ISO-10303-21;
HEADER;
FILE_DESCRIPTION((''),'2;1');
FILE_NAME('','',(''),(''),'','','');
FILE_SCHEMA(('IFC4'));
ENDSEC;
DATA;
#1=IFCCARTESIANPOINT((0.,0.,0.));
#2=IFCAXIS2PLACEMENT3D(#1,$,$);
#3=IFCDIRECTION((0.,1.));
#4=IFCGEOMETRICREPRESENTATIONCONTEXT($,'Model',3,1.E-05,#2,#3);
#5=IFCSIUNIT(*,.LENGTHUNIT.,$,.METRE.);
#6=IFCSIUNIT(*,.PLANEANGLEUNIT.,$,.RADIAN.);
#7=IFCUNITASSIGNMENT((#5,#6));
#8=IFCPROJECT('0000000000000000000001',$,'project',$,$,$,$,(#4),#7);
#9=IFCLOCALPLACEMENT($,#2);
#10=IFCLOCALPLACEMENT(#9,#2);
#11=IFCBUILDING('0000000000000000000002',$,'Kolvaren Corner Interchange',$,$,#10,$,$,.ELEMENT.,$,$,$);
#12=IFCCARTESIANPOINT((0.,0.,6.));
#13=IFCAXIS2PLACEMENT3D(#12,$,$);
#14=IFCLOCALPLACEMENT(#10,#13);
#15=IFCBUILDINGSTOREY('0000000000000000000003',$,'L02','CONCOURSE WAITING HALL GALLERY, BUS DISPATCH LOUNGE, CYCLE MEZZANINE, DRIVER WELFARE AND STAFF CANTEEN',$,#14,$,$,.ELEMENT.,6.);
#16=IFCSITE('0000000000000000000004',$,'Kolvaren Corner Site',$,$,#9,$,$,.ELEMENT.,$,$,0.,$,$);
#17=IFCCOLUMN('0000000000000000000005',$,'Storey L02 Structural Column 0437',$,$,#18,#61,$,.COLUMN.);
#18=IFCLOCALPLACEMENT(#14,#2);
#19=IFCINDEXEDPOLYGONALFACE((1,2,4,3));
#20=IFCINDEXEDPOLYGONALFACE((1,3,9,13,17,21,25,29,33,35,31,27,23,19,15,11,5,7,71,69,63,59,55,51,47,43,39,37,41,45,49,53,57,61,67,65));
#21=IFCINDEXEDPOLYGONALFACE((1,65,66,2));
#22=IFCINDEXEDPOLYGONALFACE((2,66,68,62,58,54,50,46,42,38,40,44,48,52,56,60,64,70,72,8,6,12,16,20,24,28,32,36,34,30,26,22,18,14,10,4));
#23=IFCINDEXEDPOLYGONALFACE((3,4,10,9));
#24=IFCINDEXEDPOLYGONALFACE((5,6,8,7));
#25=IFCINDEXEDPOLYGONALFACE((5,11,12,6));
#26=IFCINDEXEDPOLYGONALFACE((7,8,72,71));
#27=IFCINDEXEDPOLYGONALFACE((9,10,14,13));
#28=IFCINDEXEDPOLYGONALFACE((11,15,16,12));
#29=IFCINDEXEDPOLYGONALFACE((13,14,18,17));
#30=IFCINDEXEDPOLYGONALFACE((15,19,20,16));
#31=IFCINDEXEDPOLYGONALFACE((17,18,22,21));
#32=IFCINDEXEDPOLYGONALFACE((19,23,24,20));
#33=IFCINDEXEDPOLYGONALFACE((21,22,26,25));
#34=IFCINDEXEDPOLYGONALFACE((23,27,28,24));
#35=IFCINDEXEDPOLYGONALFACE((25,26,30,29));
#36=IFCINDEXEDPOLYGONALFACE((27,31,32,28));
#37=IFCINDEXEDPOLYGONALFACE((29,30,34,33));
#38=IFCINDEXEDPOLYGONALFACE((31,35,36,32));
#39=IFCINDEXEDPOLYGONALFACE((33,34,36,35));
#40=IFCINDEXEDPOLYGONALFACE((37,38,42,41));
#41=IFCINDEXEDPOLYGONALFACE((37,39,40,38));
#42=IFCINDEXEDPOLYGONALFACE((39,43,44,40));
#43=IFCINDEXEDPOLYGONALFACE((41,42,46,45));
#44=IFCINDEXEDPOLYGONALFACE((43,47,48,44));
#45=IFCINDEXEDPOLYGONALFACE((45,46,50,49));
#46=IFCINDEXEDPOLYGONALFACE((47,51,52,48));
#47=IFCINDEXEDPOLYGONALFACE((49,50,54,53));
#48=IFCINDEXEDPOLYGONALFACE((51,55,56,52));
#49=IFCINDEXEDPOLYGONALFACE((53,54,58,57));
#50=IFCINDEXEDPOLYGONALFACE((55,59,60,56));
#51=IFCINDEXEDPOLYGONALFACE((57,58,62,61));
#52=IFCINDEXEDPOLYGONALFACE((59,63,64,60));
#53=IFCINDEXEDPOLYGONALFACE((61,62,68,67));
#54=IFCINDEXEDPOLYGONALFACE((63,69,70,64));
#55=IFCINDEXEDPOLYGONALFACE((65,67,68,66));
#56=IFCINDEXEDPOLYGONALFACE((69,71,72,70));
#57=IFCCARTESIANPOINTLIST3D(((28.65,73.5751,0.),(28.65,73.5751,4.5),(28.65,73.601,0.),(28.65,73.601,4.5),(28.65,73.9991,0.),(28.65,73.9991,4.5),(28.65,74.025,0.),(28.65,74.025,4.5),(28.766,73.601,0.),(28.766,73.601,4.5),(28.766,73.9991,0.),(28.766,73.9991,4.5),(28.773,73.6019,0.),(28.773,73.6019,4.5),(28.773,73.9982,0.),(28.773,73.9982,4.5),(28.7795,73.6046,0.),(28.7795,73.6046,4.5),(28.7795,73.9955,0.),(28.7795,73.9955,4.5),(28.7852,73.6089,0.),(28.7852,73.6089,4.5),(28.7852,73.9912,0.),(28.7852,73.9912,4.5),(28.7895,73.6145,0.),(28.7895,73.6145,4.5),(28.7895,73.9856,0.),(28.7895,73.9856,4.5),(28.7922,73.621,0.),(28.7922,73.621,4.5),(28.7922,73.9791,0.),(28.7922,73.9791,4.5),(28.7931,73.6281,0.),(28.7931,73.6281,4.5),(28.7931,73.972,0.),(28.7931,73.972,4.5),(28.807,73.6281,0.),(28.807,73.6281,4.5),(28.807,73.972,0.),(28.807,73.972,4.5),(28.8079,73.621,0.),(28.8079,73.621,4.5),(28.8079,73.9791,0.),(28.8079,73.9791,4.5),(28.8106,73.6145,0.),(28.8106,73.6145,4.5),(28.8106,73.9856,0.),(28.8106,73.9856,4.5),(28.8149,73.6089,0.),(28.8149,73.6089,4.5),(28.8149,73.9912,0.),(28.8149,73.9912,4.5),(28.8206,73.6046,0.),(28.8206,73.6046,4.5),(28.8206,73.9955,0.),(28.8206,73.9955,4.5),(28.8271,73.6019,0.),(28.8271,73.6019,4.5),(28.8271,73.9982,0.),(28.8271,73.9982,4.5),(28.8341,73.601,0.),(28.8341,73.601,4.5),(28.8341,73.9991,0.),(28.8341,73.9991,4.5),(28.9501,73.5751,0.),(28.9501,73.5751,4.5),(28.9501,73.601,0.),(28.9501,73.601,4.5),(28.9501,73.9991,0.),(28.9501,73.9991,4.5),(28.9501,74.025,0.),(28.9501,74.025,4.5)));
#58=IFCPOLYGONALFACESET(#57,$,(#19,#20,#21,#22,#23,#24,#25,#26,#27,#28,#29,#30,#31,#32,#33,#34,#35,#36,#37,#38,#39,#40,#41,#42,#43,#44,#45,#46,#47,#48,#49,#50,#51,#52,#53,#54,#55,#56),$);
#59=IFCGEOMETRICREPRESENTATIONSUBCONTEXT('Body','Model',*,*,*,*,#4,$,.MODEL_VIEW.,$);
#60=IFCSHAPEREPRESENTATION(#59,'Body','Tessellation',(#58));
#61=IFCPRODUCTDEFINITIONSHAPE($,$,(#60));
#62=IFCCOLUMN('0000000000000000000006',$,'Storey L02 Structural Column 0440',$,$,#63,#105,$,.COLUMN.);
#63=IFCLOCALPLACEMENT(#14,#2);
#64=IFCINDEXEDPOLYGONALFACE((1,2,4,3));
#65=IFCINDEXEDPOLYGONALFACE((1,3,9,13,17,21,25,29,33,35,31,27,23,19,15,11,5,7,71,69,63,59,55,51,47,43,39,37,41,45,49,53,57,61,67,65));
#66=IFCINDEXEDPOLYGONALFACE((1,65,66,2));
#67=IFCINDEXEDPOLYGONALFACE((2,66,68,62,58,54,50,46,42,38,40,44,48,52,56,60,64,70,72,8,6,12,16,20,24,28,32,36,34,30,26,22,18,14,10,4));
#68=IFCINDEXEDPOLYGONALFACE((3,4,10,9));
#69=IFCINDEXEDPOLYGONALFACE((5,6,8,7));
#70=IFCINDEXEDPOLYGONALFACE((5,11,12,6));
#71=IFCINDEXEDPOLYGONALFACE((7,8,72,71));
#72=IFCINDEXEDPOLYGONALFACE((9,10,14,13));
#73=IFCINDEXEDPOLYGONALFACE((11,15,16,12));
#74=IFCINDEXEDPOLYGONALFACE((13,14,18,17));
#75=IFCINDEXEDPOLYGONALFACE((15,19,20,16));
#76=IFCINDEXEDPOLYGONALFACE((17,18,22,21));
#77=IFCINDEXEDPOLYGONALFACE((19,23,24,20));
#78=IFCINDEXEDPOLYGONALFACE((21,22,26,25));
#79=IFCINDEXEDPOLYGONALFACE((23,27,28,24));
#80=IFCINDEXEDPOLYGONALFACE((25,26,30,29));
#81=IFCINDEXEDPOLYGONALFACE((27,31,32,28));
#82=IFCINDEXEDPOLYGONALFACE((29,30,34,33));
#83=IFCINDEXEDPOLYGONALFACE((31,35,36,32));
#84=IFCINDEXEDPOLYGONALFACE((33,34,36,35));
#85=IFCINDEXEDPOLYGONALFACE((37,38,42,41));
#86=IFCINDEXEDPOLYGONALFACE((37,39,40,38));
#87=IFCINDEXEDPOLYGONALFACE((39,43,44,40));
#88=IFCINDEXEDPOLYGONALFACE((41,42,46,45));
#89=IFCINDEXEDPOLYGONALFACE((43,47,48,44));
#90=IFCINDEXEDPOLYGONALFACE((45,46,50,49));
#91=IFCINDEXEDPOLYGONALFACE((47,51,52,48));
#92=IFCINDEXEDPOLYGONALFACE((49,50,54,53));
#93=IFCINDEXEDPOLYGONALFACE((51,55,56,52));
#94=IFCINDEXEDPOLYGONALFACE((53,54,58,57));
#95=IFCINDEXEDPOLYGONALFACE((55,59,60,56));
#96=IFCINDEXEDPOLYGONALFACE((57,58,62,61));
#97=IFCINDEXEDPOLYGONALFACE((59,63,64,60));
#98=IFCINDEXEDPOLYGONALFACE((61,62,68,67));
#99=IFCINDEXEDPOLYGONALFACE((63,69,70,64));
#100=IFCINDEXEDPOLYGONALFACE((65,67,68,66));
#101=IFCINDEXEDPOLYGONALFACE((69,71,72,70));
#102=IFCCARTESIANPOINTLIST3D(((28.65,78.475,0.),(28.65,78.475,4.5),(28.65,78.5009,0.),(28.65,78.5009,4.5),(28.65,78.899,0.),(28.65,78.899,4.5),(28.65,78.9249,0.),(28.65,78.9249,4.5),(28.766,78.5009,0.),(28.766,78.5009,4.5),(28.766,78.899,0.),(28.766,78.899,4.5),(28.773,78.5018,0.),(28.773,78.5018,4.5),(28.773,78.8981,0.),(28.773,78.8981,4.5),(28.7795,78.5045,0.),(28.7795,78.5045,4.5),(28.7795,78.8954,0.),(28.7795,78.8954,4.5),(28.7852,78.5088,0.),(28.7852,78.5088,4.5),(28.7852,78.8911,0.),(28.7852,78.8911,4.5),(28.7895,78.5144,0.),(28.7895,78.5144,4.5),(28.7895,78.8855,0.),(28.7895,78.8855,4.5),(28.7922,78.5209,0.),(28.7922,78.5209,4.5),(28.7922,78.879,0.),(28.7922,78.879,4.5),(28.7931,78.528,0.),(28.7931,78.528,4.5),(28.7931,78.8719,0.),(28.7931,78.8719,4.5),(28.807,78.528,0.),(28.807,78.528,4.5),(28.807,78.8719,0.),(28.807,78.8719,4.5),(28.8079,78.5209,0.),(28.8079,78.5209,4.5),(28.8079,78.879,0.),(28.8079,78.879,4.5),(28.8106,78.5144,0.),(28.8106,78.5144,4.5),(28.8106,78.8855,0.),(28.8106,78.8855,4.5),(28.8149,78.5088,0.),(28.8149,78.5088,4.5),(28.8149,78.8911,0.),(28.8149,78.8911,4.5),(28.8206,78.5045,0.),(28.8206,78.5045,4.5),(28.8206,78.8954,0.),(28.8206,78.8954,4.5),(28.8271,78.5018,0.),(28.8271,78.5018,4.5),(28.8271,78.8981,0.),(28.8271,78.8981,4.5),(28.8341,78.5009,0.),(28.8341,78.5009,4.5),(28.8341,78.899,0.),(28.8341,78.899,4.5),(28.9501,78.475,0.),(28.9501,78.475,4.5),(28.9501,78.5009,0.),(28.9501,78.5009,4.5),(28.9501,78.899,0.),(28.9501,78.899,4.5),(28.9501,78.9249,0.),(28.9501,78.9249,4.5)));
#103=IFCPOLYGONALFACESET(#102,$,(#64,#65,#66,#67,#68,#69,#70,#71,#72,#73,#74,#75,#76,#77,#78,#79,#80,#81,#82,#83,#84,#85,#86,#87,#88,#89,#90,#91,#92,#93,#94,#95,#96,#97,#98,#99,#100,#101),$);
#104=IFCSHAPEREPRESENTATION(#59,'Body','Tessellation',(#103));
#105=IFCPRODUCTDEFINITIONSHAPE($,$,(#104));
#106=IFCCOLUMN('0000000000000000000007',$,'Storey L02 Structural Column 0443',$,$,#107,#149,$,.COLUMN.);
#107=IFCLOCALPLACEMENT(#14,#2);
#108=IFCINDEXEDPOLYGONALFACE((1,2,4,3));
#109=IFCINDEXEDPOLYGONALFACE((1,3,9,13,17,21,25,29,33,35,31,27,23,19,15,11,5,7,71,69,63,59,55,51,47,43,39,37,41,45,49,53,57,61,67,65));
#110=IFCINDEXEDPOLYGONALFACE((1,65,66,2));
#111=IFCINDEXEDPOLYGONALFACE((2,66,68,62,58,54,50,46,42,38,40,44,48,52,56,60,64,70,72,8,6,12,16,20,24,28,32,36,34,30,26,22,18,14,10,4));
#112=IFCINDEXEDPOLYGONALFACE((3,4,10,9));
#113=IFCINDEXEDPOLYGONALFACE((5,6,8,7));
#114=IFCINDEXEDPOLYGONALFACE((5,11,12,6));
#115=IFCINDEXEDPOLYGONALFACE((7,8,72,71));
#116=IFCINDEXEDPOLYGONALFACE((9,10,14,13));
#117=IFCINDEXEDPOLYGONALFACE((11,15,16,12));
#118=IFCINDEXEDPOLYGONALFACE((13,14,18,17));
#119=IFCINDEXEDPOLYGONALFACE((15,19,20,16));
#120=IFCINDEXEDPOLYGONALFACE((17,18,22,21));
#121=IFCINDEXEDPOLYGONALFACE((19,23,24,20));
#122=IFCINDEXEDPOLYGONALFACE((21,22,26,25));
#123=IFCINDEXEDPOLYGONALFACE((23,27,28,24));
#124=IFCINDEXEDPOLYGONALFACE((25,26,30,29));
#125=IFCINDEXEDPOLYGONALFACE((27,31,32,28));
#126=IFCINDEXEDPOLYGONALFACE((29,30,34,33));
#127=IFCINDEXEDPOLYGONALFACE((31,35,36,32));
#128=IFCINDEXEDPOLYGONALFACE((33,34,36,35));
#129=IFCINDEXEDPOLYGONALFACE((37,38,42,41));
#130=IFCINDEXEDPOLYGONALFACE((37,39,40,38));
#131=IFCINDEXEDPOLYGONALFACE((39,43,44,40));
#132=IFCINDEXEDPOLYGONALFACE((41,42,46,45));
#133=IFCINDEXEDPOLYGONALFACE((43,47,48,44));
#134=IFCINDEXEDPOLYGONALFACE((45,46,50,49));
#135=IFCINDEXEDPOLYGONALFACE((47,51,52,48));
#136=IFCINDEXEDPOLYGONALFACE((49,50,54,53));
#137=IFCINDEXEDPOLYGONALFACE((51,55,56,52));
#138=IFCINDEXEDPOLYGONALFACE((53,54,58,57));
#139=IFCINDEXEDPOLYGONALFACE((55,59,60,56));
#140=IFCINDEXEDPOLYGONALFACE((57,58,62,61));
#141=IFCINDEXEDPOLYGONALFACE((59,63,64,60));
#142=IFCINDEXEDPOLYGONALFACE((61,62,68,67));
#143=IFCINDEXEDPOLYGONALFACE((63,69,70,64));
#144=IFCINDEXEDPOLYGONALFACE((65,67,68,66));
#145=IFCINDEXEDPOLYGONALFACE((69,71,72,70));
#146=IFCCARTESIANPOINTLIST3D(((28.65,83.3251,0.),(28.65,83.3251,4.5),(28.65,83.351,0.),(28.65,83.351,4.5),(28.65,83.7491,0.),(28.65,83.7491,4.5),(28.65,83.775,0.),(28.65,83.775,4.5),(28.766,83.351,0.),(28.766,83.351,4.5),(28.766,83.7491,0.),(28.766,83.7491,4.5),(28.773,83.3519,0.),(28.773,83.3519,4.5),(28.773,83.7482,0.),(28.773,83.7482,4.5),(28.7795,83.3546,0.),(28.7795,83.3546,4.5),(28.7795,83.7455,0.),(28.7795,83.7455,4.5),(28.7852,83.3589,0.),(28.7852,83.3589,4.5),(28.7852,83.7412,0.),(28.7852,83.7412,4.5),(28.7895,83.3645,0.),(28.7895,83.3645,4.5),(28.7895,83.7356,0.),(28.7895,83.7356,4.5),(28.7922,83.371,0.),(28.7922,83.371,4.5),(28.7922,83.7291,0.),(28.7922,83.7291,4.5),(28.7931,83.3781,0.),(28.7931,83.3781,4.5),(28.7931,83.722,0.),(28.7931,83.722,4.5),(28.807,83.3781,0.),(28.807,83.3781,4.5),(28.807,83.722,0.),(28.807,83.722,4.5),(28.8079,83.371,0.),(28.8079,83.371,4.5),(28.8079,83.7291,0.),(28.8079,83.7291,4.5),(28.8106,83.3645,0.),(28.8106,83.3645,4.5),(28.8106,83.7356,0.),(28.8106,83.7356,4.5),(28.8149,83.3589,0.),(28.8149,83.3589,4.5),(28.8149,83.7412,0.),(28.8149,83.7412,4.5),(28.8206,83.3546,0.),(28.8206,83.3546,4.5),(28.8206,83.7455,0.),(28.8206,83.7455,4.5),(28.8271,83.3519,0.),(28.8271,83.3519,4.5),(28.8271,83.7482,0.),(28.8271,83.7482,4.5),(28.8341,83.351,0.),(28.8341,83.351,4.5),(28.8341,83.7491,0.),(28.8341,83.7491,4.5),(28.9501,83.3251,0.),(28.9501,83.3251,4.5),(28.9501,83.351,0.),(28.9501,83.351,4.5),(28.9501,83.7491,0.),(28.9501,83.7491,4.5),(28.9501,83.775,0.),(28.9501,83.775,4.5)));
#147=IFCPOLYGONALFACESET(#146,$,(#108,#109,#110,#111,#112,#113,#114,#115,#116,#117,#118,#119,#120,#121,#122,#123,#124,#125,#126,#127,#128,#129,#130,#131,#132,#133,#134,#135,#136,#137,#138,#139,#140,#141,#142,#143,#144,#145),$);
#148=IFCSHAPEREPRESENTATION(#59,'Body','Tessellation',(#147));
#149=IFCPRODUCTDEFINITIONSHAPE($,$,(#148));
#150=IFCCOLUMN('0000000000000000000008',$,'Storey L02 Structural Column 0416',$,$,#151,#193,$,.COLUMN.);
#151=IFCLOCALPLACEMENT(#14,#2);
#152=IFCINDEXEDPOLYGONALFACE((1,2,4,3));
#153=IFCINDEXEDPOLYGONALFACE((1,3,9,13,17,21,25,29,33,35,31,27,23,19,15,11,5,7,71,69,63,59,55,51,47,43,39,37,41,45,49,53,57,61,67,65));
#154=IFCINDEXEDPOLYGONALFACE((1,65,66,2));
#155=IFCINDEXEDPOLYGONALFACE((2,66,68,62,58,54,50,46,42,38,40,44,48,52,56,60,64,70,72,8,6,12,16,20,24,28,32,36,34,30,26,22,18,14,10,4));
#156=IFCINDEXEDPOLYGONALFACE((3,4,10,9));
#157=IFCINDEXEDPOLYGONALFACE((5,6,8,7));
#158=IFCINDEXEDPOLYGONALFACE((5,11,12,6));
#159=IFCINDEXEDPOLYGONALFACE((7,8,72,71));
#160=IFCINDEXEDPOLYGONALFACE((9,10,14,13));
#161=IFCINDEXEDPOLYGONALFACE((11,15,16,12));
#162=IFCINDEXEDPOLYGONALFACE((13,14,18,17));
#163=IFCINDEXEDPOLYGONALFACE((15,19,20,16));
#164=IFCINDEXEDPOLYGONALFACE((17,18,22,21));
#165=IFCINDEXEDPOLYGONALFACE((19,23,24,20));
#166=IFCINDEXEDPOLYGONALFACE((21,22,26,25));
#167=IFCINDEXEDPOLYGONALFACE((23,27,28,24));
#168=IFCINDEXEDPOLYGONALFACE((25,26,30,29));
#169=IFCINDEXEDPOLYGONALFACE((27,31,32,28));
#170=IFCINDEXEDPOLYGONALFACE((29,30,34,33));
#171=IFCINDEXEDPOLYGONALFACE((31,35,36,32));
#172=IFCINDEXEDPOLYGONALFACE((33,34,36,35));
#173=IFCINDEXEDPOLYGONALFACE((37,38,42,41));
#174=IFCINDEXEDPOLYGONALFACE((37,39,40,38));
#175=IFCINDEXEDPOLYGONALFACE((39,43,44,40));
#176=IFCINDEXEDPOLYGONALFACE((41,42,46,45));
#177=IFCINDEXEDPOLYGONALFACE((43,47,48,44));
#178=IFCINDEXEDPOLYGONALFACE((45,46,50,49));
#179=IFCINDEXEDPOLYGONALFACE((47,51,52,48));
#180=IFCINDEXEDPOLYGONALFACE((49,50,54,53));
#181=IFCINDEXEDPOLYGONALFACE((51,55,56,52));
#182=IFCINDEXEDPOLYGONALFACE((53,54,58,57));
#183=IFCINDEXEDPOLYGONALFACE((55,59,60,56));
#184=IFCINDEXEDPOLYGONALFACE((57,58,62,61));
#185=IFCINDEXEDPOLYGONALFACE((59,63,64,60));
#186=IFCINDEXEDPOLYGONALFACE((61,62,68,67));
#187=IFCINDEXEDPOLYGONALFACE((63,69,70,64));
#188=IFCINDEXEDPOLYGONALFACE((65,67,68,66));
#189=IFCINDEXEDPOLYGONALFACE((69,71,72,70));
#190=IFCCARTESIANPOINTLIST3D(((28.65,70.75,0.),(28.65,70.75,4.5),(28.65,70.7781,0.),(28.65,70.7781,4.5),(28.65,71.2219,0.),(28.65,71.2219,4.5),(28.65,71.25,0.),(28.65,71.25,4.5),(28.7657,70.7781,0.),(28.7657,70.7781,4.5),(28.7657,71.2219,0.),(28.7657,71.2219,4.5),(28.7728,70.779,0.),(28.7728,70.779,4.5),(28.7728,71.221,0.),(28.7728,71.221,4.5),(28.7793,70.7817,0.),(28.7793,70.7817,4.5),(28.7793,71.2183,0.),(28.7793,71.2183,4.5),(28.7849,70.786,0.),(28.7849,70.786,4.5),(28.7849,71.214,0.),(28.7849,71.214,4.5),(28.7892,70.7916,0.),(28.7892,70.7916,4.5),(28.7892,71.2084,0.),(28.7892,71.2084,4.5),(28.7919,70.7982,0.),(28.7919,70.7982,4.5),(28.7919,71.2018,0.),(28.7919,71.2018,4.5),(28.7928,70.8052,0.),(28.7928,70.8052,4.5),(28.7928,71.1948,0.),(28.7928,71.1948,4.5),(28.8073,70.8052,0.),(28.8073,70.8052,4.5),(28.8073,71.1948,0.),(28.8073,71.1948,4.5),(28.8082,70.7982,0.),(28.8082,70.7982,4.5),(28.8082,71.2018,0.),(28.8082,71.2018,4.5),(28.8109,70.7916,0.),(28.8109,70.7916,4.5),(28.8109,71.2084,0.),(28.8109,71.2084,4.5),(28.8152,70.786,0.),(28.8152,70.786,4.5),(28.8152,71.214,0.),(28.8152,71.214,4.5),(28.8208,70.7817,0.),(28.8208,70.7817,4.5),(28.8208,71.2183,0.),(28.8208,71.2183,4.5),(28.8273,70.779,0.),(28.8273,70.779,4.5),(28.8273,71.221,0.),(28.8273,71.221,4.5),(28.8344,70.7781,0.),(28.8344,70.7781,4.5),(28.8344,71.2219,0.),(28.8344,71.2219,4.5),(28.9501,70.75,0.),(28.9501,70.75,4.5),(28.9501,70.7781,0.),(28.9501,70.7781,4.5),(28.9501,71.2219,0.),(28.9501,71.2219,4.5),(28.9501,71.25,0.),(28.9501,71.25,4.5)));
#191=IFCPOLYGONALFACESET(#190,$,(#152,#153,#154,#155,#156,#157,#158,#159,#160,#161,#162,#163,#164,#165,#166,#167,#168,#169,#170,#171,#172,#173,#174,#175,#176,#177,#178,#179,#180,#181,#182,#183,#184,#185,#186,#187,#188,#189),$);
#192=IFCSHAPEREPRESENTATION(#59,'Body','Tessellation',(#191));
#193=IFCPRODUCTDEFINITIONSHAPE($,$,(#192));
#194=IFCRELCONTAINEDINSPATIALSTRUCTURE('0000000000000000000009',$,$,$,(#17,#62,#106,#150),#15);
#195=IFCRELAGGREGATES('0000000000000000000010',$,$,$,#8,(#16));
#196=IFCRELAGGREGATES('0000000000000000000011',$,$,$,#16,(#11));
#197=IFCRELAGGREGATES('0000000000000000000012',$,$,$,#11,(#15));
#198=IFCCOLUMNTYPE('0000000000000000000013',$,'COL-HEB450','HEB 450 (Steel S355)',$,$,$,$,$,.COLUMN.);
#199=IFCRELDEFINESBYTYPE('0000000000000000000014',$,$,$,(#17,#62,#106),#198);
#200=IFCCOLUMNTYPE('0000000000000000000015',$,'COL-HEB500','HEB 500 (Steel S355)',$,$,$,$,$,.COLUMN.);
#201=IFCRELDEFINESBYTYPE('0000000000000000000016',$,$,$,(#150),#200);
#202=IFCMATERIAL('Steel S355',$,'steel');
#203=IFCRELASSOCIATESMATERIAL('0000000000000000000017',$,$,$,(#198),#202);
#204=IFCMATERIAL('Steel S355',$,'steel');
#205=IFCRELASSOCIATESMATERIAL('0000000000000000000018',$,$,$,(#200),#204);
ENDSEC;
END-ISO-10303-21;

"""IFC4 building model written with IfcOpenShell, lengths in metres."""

from ifc_helpers import new_model, si_unit, direction, frame, origin, origin_2d, place, context, subcontext, project, spatial, i_section, extrude, material, material_profile, profile_set, type_object, element, save


model = new_model("IFC4")

# Units and contexts
model_context = context("Model", 3, precision=1e-05, world=origin(), true_north=direction((0.0, 1.0)))
body_context = subcontext(model_context, "Body", "Model", "MODEL_VIEW")
ifc_project = project(units=[si_unit("LENGTHUNIT", "METRE"), si_unit("PLANEANGLEUNIT", "RADIAN")], contexts=[model_context])

# Site, building, storey
site_placement = place(None, origin())
site = spatial("IfcSite", under=ifc_project, at=site_placement, Name="Kolvaren Corner Site", CompositionType="ELEMENT", RefElevation=0.0)
building_placement = place(site_placement, origin())
building = spatial("IfcBuilding", under=site, at=building_placement, Name="Kolvaren Corner Interchange", CompositionType="ELEMENT")
storey_placement = place(building_placement, frame((0.0, 0.0, 6.0)))
storey = spatial("IfcBuildingStorey", under=building, at=storey_placement, Name="L02", Description="CONCOURSE WAITING HALL GALLERY, BUS DISPATCH LOUNGE, CYCLE MEZZANINE, DRIVER WELFARE AND STAFF CANTEEN", CompositionType="ELEMENT", Elevation=6.0)

# Columns
ifc_material_1 = material(Name="Steel S355", Category="steel")
ifc_material_profile_1 = material_profile(ifc_material_1, i_section(OverallWidth=0.3, OverallDepth=0.45, WebThickness=0.0139, FlangeThickness=0.0259, FilletRadius=0.0271, at=origin_2d()), Name="HEB 450")
ifc_profile_set_1 = profile_set([ifc_material_profile_1], Name="Steel S355")
column_type_1 = type_object("IfcColumnType", Name="COL-HEB450", Description="HEB 450 (Steel S355)", PredefinedType="COLUMN", material=ifc_profile_set_1)
for number, where, z_axis, x_axis, name in (
    (1, (28.8, 73.8, 0.0), (0.0, 0.0, 1.0), (1.0, 0.0, 0.0), "Storey L02 Structural Column 0437"),
    (2, (28.8, 78.7, 0.0), (0.0, 0.0, 1.0), (1.0, 0.0, 0.0), "Storey L02 Structural Column 0440"),
    (3, (28.8, 83.55, 0.0), (0.0, 0.0, 1.0), (1.0, 0.0, 0.0), "Storey L02 Structural Column 0443"),
):
    element("IfcColumn", number, at=place(storey_placement, frame(where, z_axis=z_axis, x_axis=x_axis)), inside=storey, type_object=column_type_1, Name=name, PredefinedType="COLUMN", context=body_context, shape_type="SweptSolid", body=[
        extrude(i_section(OverallWidth=0.3, OverallDepth=0.45, WebThickness=0.0139, FlangeThickness=0.0259, FilletRadius=0.0271, at=origin_2d()), origin(), (0.0, 0.0, 1.0), 4.5),
    ])
ifc_material_2 = material(Name="Steel S355", Category="steel")
ifc_material_profile_2 = material_profile(ifc_material_2, i_section(OverallWidth=0.3, OverallDepth=0.5, WebThickness=0.0144, FlangeThickness=0.0281, FilletRadius=0.0271, at=origin_2d()), Name="HEB 500")
ifc_profile_set_2 = profile_set([ifc_material_profile_2], Name="Steel S355")
column_type_2 = type_object("IfcColumnType", Name="COL-HEB500", Description="HEB 500 (Steel S355)", PredefinedType="COLUMN", material=ifc_profile_set_2)
column_placement = place(storey_placement, frame((28.8, 71.0, 0.0), z_axis=(0.0, 0.0, 1.0), x_axis=(1.0, 0.0, 0.0)))
element("IfcColumn", 4, at=column_placement, inside=storey, type_object=column_type_2, Name="Storey L02 Structural Column 0416", PredefinedType="COLUMN", context=body_context, shape_type="SweptSolid", body=[
    extrude(i_section(OverallWidth=0.3, OverallDepth=0.5, WebThickness=0.0144, FlangeThickness=0.0281, FilletRadius=0.0271, at=origin_2d()), origin(), (0.0, 0.0, 1.0), 4.5),
])

save(model, "model.ifc")
